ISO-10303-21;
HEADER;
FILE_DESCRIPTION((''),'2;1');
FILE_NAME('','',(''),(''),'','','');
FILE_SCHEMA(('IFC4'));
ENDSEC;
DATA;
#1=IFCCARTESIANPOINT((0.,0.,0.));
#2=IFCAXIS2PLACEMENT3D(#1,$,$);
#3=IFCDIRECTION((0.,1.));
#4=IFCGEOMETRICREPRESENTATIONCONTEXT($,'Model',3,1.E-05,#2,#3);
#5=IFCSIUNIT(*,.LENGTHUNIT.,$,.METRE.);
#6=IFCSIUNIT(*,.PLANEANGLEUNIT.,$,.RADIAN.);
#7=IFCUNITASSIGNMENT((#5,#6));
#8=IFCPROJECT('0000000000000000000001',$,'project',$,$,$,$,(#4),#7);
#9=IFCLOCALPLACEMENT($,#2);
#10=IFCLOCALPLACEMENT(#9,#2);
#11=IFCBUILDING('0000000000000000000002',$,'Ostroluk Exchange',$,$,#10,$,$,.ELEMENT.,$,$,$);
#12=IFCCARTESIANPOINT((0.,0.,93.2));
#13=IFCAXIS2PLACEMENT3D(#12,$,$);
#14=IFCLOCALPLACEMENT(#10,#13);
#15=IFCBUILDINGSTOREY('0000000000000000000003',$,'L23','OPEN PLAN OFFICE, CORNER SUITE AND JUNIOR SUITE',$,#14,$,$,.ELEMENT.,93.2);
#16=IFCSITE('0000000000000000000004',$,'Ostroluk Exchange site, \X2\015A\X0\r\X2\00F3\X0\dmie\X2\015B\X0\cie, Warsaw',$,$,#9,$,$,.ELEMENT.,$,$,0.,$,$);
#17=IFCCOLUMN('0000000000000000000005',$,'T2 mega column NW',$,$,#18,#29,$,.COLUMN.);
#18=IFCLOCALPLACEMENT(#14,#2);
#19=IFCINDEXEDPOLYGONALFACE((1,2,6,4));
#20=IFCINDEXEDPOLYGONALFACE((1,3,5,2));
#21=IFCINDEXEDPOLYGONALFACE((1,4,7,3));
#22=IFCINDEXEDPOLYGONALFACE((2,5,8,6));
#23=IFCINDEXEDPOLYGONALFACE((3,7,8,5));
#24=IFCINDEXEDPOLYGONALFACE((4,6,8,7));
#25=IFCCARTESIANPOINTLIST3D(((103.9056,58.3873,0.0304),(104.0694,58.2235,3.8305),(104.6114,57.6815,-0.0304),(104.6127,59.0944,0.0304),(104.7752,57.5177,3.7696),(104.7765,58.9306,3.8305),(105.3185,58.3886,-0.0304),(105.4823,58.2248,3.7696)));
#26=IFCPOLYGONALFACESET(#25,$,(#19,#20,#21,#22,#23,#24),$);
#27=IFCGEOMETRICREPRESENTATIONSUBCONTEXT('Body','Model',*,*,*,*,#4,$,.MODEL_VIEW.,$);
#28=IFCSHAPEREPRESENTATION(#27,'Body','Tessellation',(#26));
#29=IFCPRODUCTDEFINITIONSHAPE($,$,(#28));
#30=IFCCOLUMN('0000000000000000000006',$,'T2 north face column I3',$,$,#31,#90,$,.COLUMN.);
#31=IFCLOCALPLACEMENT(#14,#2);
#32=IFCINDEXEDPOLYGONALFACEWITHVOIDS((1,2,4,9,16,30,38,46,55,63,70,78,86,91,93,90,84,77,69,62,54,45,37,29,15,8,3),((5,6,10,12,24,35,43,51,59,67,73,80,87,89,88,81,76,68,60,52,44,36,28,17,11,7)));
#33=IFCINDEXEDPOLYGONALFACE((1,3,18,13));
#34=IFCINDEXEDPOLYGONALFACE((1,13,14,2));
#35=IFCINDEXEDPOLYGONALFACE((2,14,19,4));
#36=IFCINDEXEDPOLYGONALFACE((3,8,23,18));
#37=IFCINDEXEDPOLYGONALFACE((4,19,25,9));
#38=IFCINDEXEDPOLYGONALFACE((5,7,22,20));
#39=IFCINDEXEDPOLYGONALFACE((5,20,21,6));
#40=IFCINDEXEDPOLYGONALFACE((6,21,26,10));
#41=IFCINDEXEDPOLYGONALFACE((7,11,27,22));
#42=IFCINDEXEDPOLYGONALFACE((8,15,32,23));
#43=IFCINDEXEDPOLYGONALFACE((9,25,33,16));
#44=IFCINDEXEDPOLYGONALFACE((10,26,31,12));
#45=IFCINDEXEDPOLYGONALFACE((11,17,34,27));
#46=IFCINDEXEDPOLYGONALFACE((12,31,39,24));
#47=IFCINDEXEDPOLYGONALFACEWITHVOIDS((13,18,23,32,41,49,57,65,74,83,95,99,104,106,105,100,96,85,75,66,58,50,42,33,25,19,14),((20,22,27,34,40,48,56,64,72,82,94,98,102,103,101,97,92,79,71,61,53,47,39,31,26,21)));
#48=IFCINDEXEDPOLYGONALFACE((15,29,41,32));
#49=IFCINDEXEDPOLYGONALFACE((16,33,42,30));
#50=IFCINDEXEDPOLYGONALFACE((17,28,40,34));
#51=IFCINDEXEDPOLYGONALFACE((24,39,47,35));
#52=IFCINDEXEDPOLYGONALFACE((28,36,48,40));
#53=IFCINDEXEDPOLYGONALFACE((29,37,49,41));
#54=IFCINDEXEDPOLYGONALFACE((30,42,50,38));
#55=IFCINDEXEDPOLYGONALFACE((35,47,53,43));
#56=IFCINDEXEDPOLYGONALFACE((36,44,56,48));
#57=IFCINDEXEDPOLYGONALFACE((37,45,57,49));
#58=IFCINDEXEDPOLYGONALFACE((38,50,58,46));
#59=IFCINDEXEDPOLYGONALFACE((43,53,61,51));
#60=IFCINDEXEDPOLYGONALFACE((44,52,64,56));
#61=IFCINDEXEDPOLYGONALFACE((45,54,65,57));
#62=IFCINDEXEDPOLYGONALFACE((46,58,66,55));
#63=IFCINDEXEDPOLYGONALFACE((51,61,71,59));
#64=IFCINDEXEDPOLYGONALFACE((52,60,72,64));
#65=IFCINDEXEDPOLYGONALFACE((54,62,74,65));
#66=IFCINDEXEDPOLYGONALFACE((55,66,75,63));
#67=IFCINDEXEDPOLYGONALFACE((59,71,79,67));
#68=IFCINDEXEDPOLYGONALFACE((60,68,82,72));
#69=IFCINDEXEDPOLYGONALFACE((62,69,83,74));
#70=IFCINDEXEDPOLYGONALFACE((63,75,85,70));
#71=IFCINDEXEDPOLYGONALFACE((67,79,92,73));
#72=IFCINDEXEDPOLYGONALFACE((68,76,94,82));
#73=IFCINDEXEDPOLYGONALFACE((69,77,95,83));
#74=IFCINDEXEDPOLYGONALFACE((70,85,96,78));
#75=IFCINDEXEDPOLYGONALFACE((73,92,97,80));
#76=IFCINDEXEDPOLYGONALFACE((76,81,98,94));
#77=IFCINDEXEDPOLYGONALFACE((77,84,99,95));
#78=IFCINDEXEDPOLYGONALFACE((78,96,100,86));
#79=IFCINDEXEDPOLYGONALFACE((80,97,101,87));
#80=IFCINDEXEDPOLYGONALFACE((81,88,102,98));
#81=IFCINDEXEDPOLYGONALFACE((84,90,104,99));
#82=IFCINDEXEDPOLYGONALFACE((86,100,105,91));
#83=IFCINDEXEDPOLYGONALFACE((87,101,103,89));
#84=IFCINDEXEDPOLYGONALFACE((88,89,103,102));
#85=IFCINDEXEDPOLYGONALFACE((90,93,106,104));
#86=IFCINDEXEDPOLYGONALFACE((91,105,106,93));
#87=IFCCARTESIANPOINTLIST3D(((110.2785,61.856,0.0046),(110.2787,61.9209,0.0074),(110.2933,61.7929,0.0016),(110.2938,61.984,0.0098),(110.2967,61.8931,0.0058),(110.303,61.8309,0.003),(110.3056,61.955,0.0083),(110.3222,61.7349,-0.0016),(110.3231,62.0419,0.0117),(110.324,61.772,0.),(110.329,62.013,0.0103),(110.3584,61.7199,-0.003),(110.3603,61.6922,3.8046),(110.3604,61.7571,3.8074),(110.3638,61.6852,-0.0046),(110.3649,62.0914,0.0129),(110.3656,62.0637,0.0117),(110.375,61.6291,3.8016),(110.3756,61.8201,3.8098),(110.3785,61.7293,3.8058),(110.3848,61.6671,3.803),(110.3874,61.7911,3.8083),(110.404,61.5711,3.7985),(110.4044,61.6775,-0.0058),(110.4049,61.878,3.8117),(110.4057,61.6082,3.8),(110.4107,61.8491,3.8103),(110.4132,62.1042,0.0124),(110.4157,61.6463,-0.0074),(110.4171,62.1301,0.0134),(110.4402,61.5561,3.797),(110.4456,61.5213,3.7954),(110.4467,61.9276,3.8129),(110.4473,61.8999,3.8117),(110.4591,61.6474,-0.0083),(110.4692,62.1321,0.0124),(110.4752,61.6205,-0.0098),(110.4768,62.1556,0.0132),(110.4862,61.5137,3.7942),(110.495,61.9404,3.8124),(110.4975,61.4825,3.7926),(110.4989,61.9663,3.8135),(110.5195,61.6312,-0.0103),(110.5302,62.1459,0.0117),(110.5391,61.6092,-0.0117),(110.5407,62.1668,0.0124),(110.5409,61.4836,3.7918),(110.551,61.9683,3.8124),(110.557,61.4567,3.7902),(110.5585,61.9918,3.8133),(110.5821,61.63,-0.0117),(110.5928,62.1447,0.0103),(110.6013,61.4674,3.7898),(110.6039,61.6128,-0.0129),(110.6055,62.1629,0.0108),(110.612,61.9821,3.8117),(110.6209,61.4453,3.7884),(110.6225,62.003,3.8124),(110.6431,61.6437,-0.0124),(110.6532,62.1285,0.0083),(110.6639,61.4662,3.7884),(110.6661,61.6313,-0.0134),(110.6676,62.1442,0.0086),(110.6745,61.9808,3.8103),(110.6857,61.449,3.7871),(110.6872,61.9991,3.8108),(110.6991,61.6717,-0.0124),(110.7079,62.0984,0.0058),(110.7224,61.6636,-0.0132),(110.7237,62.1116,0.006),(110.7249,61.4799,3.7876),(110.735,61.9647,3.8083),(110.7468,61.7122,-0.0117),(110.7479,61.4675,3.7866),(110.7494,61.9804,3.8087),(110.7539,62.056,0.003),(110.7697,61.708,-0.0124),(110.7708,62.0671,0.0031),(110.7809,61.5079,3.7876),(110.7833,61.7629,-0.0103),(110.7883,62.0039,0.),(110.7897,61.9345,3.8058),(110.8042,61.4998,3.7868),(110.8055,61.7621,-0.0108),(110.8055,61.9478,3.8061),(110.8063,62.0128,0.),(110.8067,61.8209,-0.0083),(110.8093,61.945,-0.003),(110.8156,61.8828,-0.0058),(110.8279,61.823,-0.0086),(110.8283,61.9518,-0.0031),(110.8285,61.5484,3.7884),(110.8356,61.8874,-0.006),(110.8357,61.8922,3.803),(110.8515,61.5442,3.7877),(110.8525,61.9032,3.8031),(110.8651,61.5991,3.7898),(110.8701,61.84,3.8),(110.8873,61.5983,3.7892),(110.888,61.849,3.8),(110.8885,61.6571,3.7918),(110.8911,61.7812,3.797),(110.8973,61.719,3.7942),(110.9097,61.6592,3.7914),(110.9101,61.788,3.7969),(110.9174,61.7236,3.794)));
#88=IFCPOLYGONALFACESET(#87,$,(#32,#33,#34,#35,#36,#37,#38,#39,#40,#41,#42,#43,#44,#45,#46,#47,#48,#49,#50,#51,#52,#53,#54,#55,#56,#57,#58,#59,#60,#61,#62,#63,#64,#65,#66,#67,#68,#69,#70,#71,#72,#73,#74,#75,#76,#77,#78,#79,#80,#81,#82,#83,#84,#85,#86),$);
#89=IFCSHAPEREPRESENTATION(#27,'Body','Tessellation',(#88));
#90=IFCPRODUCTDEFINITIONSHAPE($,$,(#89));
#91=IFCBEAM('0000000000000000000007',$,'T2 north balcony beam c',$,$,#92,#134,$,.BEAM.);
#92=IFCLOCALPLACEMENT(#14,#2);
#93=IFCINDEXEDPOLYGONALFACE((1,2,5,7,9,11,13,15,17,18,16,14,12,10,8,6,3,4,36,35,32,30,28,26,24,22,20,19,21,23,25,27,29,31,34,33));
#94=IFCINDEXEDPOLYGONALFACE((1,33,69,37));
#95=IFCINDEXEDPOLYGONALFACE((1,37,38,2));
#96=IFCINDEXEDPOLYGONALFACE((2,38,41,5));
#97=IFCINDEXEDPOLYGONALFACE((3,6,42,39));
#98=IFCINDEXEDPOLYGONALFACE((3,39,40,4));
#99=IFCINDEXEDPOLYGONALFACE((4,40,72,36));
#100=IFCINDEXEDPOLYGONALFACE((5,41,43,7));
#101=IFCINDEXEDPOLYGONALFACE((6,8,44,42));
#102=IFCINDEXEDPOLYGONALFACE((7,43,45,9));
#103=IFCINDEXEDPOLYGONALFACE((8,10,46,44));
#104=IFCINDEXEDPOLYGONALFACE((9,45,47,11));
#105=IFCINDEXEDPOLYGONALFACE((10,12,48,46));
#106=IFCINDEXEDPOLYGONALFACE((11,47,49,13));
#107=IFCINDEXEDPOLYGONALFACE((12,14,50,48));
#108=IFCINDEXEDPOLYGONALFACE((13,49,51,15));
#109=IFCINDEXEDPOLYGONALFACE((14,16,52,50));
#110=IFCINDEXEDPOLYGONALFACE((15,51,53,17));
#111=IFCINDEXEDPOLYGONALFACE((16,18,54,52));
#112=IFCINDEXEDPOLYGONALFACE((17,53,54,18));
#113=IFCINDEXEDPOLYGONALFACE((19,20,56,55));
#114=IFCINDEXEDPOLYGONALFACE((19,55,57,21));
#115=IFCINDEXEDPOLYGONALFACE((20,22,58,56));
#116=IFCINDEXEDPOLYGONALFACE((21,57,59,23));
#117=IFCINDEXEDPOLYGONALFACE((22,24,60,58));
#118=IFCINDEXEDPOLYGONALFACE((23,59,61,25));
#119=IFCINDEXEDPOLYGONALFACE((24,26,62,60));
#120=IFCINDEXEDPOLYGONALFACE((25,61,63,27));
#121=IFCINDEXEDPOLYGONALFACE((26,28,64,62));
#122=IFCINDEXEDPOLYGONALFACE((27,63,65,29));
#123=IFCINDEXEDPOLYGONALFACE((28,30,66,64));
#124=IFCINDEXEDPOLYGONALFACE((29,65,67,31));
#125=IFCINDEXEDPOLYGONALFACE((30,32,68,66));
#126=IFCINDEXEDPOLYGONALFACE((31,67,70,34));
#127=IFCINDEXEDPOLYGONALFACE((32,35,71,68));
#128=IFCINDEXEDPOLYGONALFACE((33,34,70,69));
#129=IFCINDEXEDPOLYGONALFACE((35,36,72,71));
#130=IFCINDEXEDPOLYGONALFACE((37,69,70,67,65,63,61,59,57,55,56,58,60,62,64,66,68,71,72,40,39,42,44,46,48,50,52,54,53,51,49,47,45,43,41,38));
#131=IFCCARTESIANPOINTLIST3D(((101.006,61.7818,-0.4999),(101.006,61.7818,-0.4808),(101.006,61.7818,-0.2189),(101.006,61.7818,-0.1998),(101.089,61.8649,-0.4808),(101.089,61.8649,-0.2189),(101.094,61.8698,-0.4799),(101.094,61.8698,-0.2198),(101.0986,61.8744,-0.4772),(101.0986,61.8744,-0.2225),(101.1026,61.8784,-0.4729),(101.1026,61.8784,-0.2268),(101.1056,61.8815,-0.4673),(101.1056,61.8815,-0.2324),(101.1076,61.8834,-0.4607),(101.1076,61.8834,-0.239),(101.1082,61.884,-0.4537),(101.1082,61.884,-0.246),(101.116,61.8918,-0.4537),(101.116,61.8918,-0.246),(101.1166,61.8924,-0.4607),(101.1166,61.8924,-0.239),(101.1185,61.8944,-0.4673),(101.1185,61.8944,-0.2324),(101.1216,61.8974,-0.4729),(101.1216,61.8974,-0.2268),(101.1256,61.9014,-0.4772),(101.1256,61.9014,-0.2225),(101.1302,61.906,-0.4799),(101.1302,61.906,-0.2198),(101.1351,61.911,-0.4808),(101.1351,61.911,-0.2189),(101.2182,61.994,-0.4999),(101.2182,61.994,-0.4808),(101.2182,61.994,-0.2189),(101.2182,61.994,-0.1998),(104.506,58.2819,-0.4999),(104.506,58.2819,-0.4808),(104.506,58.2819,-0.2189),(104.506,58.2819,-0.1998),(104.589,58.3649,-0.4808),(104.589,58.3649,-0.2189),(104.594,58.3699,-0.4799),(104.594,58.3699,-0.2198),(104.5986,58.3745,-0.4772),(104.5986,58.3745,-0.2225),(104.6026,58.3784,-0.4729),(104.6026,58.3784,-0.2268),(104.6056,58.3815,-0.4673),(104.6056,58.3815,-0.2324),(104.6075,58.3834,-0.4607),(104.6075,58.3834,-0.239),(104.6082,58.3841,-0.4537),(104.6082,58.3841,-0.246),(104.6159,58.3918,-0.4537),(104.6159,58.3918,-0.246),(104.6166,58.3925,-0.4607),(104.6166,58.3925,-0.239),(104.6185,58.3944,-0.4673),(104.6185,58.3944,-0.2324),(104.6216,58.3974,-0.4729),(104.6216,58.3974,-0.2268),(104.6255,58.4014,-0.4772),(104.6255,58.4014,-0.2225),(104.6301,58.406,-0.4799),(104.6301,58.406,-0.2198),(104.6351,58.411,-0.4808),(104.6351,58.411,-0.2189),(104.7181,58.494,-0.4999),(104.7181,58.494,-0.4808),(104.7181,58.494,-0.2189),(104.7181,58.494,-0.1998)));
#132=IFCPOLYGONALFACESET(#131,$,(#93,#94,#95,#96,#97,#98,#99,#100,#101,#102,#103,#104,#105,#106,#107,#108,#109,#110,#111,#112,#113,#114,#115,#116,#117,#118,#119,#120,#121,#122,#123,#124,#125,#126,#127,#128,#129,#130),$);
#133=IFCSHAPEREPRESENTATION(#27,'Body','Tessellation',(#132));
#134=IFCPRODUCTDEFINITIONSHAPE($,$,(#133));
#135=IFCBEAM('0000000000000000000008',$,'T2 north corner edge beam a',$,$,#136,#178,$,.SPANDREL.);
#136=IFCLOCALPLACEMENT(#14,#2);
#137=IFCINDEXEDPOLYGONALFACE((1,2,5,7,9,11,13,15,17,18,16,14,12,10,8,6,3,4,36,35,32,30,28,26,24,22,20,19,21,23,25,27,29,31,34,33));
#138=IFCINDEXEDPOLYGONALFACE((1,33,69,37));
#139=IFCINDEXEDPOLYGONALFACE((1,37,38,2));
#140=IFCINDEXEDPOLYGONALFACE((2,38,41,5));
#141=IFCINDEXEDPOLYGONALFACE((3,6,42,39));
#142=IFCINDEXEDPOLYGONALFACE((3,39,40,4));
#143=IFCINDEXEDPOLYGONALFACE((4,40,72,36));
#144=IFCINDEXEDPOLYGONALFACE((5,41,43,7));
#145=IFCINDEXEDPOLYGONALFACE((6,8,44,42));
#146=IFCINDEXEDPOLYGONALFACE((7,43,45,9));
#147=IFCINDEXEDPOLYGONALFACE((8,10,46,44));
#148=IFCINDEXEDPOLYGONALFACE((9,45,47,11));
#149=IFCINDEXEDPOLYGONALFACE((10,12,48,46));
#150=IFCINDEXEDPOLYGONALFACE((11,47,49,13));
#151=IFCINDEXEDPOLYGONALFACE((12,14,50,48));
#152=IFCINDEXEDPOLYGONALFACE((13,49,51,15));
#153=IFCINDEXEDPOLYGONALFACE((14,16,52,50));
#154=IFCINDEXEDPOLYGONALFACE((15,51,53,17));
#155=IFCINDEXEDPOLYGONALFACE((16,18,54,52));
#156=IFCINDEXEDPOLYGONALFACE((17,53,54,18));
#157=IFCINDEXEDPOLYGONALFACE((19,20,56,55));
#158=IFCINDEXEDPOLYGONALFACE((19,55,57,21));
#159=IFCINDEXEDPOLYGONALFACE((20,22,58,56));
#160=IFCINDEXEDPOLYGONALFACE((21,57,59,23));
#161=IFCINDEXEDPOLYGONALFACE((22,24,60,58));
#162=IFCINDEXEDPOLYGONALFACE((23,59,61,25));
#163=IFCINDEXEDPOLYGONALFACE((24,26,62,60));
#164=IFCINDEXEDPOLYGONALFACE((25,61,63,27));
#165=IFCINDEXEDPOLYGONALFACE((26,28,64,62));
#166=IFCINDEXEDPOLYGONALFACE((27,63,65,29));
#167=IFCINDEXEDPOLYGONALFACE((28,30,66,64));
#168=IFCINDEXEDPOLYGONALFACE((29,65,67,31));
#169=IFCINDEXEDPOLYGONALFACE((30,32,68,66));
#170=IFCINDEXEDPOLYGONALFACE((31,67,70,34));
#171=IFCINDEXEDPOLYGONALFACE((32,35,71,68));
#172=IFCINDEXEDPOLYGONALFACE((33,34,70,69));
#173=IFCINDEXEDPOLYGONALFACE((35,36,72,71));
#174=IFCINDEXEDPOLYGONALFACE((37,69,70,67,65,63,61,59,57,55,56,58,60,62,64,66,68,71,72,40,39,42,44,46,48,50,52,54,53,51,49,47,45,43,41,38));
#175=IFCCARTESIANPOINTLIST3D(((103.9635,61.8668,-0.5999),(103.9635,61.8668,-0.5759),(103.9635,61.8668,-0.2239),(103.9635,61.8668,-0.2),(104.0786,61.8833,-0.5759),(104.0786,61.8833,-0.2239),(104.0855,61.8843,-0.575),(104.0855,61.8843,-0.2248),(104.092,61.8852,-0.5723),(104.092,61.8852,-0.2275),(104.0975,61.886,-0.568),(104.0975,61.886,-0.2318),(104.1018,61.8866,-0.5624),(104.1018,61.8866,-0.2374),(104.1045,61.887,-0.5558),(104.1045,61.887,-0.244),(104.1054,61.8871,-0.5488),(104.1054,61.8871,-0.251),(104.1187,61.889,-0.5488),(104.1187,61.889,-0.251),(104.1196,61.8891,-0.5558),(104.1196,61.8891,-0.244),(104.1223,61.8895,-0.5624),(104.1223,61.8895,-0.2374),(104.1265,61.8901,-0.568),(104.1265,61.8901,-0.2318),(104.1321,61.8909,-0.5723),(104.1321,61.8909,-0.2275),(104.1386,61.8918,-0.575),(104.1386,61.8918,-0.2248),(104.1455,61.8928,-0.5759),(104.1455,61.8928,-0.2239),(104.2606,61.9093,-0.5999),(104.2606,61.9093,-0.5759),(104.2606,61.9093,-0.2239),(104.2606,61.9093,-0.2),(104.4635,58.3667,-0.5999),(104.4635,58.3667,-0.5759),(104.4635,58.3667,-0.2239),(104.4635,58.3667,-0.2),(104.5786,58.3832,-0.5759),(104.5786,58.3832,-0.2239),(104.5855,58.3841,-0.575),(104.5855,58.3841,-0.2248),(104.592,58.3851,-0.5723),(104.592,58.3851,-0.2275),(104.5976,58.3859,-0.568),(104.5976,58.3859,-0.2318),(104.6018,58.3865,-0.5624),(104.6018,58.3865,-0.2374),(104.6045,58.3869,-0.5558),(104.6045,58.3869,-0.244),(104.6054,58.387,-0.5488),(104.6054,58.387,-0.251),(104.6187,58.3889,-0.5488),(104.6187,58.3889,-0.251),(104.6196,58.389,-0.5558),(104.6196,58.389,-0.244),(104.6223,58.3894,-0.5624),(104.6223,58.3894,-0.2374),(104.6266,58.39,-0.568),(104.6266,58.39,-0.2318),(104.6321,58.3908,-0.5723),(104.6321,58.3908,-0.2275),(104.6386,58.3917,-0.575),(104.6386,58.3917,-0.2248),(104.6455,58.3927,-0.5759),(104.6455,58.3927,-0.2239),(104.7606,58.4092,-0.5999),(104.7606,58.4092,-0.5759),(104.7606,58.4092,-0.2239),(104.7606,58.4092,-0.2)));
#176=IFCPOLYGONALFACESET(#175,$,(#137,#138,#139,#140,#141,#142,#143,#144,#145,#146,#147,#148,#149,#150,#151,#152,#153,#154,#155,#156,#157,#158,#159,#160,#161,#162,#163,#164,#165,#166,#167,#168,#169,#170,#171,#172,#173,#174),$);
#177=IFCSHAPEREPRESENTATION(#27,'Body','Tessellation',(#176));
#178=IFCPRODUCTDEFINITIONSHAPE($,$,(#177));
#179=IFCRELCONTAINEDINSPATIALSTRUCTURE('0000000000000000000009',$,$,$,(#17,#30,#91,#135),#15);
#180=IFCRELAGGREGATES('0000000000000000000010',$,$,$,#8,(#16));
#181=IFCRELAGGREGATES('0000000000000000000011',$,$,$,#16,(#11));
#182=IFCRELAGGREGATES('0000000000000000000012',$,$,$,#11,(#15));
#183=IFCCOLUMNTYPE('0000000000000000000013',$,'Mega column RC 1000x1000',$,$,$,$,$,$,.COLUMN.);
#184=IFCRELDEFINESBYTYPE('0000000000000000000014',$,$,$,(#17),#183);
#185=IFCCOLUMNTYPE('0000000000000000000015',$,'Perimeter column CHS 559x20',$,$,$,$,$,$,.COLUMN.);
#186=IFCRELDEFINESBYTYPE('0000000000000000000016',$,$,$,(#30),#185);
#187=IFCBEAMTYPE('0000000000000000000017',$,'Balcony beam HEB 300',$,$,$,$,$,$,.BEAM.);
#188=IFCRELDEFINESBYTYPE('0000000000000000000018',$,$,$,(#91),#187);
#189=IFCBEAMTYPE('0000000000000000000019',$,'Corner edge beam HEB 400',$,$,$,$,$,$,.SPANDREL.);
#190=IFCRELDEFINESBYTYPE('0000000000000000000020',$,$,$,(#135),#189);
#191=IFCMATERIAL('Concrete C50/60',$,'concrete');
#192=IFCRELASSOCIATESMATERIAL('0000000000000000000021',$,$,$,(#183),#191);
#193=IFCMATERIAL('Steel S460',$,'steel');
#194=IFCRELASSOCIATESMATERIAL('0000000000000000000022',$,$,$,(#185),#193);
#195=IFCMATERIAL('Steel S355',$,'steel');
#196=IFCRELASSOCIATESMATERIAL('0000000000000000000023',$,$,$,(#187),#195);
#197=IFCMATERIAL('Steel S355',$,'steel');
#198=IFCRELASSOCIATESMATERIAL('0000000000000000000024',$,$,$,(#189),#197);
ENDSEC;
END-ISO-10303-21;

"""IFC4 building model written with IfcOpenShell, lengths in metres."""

from ifc_helpers import new_model, si_unit, direction, frame, origin, origin_2d, place, context, subcontext, project, spatial, rectangle, hollow_circle, i_section, extrude, material, material_profile, profile_set, type_object, element, save


model = new_model("IFC4")

# Units and contexts
model_context = context("Model", 3, precision=1e-05, world=origin(), true_north=direction((0.0, 1.0)))
body_context = subcontext(model_context, "Body", "Model", "MODEL_VIEW")
ifc_project = project(units=[si_unit("LENGTHUNIT", "METRE"), si_unit("PLANEANGLEUNIT", "RADIAN")], contexts=[model_context])

# Site, building, storey
site_placement = place(None, origin())
site = spatial("IfcSite", under=ifc_project, at=site_placement, Name="Ostroluk Exchange site, Śródmieście, Warsaw", CompositionType="ELEMENT", RefElevation=0.0)
building_placement = place(site_placement, origin())
building = spatial("IfcBuilding", under=site, at=building_placement, Name="Ostroluk Exchange", CompositionType="ELEMENT")
storey_placement = place(building_placement, frame((0.0, 0.0, 93.2)))
storey = spatial("IfcBuildingStorey", under=building, at=storey_placement, Name="L23", Description="OPEN PLAN OFFICE, CORNER SUITE AND JUNIOR SUITE", CompositionType="ELEMENT", Elevation=93.2)

# Columns
ifc_material_1 = material(Name="Concrete C50/60", Category="concrete")
ifc_material_profile_1 = material_profile(ifc_material_1, rectangle(XDim=1.0, YDim=1.0, at=origin_2d()), Name="RC 1000x1000")
ifc_profile_set_1 = profile_set([ifc_material_profile_1], Name="Concrete C50/60")
column_type_1 = type_object("IfcColumnType", Name="Mega column RC 1000x1000", PredefinedType="COLUMN", material=ifc_profile_set_1)
column_1_placement = place(storey_placement, frame((104.6121, 58.3879, 0.0), z_axis=(0.04303, -0.04303, 0.998147), x_axis=(0.707107, 0.707107, 0.0)))
element("IfcColumn", 1, at=column_1_placement, inside=storey, type_object=column_type_1, Name="T2 mega column NW", PredefinedType="COLUMN", context=body_context, shape_type="SweptSolid", body=[
    extrude(rectangle(XDim=1.0, YDim=1.0, at=origin_2d()), origin(), (0.0, 0.0, 1.0), 3.8071),
])
ifc_material_2 = material(Name="Steel S460", Category="steel")
ifc_material_profile_2 = material_profile(ifc_material_2, hollow_circle(Radius=0.2795, WallThickness=0.02, at=origin_2d()), Name="CHS 559x20")
ifc_profile_set_2 = profile_set([ifc_material_profile_2], Name="Steel S460")
column_type_2 = type_object("IfcColumnType", Name="Perimeter column CHS 559x20", PredefinedType="COLUMN", material=ifc_profile_set_2)
column_2_placement = place(storey_placement, frame((110.5562, 61.8879, 0.0), z_axis=(0.021498, -0.04306, 0.998841), x_axis=(0.894694, 0.44668, 0.0)))
element("IfcColumn", 2, at=column_2_placement, inside=storey, type_object=column_type_2, Name="T2 north face column I3", PredefinedType="COLUMN", context=body_context, shape_type="SweptSolid", body=[
    extrude(hollow_circle(Radius=0.2795, WallThickness=0.02, at=origin_2d()), origin(), (0.0, 0.0, 1.0), 3.8044),
])

# Beams
ifc_material_3 = material(Name="Steel S355", Category="steel")
ifc_material_profile_3 = material_profile(ifc_material_3, i_section(OverallWidth=0.3, OverallDepth=0.3, WebThickness=0.011, FlangeThickness=0.019, FilletRadius=0.0271, at=origin_2d()), Name="HEB 300")
ifc_profile_set_3 = profile_set([ifc_material_profile_3], Name="Steel S355")
beam_type_1 = type_object("IfcBeamType", Name="Balcony beam HEB 300", PredefinedType="BEAM", material=ifc_profile_set_3)
beam_1_placement = place(storey_placement, frame((104.6121, 58.3879, -0.3499), z_axis=(-0.707107, 0.707107, 0.0), x_axis=(-0.707107, -0.707107, 0.0)))
element("IfcBeam", 3, at=beam_1_placement, inside=storey, type_object=beam_type_1, Name="T2 north balcony beam c", PredefinedType="BEAM", context=body_context, shape_type="SweptSolid", body=[
    extrude(i_section(OverallWidth=0.3, OverallDepth=0.3, WebThickness=0.011, FlangeThickness=0.019, FilletRadius=0.0271, at=origin_2d()), origin(), (0.0, 0.0, 1.0), 4.9497),
])
ifc_material_4 = material(Name="Steel S355", Category="steel")
ifc_material_profile_4 = material_profile(ifc_material_4, i_section(OverallWidth=0.3, OverallDepth=0.3999, WebThickness=0.0134, FlangeThickness=0.0239, FilletRadius=0.0271, at=origin_2d()), Name="HEB 400")
ifc_profile_set_4 = profile_set([ifc_material_profile_4], Name="Steel S355")
beam_type_2 = type_object("IfcBeamType", Name="Corner edge beam HEB 400", PredefinedType="SPANDREL", material=ifc_profile_set_4)
for number, where, z_axis, x_axis, name in (
    (4, (104.6121, 58.3879, -0.3999), (-0.141421, 0.989949, 0.0), (-0.989949, -0.141421, 0.0), "T2 north corner edge beam a"),
):
    element("IfcBeam", number, at=place(storey_placement, frame(where, z_axis=z_axis, x_axis=x_axis)), inside=storey, type_object=beam_type_2, Name=name, PredefinedType="SPANDREL", context=body_context, shape_type="SweptSolid", body=[
        extrude(i_section(OverallWidth=0.3, OverallDepth=0.3999, WebThickness=0.0134, FlangeThickness=0.0239, FilletRadius=0.0271, at=origin_2d()), origin(), (0.0, 0.0, 1.0), 3.5356),
    ])

save(model, "model.ifc")
